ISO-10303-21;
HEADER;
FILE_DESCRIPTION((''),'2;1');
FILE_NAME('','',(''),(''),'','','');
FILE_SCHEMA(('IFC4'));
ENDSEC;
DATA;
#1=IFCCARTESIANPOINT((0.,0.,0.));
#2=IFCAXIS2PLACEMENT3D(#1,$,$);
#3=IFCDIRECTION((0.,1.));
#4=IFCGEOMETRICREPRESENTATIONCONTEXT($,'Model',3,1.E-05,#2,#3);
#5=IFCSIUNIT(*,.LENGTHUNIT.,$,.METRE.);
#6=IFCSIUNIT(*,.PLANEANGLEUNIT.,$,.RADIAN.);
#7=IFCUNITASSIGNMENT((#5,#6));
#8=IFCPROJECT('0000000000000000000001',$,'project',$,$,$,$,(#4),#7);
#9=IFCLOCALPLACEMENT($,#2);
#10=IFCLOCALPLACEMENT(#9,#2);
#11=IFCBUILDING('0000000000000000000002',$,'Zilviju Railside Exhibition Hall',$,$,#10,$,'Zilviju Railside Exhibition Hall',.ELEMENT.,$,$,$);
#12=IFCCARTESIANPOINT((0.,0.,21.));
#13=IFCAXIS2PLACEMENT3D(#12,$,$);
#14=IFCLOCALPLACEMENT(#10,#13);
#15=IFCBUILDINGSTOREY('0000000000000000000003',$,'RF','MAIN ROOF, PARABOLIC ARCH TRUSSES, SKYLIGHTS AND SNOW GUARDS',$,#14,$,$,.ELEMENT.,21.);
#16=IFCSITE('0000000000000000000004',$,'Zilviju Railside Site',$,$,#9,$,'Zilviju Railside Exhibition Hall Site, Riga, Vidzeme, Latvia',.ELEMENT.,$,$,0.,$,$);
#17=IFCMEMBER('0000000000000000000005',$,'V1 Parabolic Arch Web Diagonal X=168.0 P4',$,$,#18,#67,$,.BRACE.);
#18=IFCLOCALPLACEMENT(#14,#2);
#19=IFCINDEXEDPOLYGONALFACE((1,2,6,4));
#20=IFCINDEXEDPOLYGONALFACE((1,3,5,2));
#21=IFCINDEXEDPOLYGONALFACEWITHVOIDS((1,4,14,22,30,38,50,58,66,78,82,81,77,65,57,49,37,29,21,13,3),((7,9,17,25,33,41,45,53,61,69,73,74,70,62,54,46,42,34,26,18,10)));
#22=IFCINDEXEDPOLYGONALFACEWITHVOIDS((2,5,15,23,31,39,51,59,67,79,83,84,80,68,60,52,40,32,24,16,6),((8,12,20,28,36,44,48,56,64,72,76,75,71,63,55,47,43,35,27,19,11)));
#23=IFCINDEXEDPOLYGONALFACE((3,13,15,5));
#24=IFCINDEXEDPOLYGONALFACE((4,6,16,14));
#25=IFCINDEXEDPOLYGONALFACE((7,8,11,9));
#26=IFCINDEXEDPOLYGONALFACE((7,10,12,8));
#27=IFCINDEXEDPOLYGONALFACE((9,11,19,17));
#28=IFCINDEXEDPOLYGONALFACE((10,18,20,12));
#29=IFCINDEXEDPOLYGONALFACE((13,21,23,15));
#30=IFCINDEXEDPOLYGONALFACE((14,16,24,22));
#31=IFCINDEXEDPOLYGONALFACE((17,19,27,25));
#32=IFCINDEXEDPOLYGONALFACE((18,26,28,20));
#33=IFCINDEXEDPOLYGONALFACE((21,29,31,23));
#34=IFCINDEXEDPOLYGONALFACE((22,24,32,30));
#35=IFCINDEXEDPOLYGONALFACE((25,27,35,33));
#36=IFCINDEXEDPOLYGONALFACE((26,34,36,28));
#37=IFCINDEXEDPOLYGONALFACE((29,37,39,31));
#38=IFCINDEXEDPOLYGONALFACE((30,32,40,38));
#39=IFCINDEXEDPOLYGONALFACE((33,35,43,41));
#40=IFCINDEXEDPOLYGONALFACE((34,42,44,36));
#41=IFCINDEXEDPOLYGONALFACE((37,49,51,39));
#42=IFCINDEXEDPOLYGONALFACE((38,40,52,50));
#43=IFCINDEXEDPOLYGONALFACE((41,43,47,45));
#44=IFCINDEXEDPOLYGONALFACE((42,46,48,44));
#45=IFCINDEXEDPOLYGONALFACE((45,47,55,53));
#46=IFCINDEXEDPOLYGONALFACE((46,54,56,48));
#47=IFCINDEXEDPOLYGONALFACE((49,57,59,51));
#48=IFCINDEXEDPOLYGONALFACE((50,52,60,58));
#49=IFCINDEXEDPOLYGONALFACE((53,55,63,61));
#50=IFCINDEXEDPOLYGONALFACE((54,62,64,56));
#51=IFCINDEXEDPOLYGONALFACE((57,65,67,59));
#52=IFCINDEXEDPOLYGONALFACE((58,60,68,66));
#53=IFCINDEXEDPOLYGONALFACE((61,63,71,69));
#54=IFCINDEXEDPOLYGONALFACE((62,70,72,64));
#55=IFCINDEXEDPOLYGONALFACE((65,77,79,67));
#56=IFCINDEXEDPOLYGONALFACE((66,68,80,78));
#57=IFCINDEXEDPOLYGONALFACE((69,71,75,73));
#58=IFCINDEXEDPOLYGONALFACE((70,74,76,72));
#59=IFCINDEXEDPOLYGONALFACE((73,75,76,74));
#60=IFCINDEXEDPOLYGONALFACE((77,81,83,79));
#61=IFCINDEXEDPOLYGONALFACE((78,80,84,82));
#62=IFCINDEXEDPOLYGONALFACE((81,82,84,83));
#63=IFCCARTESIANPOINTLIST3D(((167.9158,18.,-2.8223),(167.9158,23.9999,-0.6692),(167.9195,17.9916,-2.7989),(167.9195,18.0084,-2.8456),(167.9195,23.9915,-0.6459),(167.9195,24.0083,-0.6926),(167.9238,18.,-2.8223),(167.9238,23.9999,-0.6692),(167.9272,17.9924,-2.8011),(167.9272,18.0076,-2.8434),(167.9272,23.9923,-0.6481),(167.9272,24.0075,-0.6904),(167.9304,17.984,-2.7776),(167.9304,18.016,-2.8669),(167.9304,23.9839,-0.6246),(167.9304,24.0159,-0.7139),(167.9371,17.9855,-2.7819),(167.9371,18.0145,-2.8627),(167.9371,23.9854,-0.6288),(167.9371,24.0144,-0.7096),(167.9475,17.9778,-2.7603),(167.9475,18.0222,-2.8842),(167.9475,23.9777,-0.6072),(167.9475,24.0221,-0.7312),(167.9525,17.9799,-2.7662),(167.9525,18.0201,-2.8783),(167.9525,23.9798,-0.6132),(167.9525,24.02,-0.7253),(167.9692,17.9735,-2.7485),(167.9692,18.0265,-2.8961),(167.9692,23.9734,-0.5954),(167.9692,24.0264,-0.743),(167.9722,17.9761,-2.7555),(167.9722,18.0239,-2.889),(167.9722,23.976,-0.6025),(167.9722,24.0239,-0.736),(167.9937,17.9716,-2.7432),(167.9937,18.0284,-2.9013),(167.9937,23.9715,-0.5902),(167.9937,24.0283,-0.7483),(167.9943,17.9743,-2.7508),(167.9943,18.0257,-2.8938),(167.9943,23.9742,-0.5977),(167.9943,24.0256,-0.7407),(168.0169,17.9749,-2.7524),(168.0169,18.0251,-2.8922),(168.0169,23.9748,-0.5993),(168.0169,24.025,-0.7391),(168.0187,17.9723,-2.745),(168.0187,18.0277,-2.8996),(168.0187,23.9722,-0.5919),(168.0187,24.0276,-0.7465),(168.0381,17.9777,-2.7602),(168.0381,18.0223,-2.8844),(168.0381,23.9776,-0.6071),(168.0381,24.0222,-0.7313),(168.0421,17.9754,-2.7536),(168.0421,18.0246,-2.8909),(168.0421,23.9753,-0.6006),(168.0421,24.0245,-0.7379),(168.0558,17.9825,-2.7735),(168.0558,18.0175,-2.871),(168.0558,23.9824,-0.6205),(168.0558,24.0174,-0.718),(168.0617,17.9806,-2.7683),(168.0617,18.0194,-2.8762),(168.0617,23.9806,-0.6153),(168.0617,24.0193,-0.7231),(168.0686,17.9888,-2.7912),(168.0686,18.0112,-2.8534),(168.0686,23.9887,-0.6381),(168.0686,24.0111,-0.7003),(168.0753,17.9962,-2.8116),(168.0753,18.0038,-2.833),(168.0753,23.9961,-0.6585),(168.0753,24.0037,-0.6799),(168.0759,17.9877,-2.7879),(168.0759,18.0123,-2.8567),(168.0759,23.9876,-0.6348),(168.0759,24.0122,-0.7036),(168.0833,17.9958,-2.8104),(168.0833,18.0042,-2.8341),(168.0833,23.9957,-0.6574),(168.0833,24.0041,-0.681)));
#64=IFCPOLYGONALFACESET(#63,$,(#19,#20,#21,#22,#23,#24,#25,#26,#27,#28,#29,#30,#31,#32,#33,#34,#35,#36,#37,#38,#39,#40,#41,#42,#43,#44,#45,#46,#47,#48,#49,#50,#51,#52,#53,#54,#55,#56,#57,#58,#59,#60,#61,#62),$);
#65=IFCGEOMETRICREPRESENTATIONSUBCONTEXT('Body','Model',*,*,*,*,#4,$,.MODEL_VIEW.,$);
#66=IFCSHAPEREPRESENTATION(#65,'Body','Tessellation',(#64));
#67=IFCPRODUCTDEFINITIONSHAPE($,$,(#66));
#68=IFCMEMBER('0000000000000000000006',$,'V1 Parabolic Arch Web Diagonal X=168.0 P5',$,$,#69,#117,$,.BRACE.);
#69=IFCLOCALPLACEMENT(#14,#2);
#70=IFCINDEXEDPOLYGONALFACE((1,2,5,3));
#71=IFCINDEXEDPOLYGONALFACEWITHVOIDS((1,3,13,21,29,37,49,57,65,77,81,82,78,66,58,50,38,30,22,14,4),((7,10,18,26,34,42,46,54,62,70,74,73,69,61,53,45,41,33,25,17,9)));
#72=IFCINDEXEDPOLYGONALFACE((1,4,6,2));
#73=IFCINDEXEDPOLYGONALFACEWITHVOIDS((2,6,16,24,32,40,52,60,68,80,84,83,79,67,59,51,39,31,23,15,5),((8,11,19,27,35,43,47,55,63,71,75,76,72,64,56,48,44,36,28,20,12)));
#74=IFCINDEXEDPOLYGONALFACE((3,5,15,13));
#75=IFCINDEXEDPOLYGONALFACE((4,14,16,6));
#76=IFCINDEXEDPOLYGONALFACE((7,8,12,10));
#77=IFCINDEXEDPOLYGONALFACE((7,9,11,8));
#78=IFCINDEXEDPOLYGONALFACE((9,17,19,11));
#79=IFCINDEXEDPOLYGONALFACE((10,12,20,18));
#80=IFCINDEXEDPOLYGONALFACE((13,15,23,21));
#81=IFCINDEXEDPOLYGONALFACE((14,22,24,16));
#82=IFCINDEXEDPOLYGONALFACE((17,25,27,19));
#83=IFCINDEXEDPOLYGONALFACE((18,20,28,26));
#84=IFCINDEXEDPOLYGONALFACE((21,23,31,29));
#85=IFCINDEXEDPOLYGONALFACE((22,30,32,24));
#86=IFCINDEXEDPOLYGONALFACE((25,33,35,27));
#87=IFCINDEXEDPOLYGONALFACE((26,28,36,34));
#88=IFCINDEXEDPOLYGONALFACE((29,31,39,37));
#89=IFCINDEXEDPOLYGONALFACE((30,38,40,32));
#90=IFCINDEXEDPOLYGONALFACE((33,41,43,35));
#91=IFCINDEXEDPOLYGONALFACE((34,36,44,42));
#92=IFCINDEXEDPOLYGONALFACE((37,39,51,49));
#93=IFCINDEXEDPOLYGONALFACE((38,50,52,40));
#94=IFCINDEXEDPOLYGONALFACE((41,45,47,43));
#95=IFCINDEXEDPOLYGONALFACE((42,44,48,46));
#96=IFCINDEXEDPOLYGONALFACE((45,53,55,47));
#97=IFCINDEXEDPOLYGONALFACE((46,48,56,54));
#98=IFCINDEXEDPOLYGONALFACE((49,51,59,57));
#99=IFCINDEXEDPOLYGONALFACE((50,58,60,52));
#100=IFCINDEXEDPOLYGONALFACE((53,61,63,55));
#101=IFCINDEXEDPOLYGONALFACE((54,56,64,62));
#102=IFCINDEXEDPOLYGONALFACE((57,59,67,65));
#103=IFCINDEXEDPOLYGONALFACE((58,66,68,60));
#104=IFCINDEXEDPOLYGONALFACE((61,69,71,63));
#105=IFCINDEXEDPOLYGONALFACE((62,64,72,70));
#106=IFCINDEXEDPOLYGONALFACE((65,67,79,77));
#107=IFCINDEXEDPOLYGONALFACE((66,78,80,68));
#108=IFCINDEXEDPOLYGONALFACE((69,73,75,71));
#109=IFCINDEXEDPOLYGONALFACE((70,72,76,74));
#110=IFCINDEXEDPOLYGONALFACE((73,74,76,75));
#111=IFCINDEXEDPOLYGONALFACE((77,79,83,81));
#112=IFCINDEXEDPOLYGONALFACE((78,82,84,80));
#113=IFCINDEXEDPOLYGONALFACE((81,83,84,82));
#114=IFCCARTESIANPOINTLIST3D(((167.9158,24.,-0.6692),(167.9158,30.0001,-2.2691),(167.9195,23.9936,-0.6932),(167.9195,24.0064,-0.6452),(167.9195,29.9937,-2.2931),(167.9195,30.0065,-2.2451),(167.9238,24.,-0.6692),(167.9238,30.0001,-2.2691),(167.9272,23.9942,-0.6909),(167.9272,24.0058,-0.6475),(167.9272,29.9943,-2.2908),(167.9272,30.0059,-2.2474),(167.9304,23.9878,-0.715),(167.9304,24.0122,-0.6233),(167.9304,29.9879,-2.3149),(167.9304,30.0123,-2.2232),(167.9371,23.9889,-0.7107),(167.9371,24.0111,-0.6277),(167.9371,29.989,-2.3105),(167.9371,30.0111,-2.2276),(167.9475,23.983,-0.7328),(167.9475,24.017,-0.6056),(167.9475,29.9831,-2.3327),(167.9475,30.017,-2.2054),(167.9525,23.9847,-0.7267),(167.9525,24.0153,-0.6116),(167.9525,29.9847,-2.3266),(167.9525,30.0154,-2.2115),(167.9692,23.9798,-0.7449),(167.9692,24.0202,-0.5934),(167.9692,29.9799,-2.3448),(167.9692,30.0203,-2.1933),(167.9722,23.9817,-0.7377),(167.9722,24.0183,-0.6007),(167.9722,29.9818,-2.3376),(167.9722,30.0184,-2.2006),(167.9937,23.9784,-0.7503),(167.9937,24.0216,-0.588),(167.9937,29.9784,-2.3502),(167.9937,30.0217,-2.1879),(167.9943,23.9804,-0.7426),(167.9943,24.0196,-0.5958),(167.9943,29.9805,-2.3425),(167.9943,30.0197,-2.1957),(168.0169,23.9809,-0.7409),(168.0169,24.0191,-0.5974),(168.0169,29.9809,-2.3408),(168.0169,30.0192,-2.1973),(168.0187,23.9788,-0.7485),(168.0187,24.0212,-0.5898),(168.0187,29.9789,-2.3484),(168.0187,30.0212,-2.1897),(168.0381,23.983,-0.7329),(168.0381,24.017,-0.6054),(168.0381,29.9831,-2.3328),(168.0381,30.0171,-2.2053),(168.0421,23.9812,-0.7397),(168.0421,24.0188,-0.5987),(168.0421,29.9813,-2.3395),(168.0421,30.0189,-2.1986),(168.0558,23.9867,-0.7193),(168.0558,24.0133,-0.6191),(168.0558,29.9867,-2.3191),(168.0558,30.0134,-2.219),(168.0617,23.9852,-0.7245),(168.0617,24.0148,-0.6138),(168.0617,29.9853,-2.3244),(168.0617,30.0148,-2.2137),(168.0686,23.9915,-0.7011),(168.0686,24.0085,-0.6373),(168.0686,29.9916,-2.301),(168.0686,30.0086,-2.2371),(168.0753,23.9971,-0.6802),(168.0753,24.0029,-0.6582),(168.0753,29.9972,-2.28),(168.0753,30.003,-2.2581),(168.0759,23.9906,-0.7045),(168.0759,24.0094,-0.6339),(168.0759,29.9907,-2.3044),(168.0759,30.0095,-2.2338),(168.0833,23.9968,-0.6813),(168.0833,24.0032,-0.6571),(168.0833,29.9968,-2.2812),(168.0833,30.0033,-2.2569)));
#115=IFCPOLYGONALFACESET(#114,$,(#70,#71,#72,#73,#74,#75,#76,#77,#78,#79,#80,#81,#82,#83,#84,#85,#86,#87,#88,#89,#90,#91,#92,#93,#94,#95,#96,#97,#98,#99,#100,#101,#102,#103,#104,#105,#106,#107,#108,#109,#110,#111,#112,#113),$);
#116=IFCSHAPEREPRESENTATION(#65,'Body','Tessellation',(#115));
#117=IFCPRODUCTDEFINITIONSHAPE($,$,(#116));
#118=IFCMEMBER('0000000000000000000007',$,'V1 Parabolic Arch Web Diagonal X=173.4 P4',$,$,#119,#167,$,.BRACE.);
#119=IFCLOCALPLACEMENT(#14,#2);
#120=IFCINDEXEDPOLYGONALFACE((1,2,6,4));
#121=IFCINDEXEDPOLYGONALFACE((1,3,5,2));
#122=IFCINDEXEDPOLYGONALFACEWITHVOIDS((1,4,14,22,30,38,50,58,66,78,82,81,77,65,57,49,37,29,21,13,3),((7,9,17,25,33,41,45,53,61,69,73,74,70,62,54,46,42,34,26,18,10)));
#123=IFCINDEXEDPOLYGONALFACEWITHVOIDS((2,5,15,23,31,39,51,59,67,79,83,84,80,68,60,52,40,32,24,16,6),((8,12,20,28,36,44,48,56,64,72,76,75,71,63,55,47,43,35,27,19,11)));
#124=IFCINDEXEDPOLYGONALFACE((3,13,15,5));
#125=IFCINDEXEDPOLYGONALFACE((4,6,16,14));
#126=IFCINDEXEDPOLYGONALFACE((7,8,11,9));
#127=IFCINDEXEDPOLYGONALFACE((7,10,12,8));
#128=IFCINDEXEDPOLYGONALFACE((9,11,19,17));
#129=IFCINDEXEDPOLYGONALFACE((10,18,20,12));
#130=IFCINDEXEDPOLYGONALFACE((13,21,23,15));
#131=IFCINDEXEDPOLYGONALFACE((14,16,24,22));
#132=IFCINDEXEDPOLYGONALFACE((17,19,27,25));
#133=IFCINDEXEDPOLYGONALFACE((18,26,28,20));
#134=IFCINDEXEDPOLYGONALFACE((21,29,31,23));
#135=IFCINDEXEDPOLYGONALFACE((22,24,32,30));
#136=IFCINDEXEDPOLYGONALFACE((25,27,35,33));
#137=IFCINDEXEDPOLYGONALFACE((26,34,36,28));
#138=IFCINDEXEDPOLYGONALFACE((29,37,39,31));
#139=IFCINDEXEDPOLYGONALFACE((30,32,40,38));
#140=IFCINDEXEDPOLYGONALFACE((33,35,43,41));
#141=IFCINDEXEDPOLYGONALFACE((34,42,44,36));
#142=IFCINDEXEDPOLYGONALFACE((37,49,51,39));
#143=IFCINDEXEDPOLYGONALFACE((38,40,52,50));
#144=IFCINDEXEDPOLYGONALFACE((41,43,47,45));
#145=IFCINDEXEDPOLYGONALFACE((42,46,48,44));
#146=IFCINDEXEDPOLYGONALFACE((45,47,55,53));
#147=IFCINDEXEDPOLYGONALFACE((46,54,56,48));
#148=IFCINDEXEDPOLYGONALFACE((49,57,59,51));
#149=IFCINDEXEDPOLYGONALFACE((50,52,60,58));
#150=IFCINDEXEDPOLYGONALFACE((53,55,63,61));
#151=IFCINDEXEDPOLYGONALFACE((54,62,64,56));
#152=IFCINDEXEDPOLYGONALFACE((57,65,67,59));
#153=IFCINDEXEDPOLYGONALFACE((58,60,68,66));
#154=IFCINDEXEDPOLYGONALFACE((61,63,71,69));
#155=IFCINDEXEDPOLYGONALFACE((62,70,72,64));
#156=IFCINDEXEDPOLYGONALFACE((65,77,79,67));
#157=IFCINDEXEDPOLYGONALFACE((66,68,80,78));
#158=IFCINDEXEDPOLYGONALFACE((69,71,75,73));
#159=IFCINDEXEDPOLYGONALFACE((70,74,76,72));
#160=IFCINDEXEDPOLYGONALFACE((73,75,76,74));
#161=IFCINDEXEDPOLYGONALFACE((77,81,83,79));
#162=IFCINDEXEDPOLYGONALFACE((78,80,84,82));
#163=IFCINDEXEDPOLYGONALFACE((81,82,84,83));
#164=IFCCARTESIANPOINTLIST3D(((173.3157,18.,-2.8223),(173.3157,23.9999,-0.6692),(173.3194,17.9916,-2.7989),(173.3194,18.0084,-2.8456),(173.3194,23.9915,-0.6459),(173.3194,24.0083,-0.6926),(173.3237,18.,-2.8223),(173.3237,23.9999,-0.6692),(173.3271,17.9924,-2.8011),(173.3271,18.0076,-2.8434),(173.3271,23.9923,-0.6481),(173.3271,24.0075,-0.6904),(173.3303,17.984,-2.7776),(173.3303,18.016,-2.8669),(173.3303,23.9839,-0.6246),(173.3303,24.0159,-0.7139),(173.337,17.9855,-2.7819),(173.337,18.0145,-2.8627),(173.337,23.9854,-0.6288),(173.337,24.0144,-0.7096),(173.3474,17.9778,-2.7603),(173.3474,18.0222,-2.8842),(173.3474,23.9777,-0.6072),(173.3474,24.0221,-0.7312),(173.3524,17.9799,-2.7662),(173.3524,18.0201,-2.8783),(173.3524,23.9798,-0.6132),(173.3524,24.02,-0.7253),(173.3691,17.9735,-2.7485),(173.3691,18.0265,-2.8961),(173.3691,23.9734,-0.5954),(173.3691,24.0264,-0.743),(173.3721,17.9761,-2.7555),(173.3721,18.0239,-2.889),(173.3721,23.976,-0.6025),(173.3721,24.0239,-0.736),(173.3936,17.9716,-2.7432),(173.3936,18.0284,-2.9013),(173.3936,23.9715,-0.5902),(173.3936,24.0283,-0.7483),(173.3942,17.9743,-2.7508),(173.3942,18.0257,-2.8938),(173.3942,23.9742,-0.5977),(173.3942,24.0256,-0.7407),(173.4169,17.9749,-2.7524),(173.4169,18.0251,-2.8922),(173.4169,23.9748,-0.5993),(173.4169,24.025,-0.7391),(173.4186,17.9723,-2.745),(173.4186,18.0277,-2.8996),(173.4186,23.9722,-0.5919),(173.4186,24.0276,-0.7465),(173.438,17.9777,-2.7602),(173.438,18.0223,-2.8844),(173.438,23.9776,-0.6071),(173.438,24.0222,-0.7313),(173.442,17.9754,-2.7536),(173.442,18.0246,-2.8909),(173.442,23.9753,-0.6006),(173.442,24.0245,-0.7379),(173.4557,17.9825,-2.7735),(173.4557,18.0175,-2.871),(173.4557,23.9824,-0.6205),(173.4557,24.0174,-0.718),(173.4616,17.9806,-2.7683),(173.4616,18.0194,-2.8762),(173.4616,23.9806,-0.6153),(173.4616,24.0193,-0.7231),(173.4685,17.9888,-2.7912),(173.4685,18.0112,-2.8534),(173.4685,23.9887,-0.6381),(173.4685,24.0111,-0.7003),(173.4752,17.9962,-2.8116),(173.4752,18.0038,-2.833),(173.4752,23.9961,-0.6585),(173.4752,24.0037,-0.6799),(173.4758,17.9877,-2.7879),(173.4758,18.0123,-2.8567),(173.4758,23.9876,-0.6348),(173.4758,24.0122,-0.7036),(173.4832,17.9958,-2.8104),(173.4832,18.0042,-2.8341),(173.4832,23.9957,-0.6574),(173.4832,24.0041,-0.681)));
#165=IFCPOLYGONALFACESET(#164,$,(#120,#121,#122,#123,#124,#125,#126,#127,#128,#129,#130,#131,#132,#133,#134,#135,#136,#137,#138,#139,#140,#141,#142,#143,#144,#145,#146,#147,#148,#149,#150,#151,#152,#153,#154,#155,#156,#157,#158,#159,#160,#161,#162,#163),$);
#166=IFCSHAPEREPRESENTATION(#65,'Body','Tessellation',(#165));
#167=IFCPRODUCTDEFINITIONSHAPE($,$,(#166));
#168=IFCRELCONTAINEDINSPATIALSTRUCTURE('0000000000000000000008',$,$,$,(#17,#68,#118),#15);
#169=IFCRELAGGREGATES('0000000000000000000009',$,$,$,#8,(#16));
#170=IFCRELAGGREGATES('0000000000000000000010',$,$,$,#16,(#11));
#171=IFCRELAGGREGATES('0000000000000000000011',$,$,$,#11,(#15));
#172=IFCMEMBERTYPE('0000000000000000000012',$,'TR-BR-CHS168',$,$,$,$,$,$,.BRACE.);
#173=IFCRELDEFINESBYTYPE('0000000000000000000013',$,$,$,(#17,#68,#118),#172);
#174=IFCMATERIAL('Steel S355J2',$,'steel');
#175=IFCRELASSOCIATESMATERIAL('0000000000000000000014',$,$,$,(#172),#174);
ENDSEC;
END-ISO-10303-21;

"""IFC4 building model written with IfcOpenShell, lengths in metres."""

from ifc_helpers import new_model, si_unit, direction, frame, origin, origin_2d, place, context, subcontext, project, spatial, hollow_circle, extrude, material, material_profile, profile_set, type_object, element, save


model = new_model("IFC4")

# Units and contexts
model_context = context("Model", 3, precision=1e-05, world=origin(), true_north=direction((0.0, 1.0)))
body_context = subcontext(model_context, "Body", "Model", "MODEL_VIEW")
ifc_project = project(units=[si_unit("LENGTHUNIT", "METRE"), si_unit("PLANEANGLEUNIT", "RADIAN")], contexts=[model_context])

# Site, building, storey
site_placement = place(None, origin())
site = spatial("IfcSite", under=ifc_project, at=site_placement, Name="Zilviju Railside Site", LongName="Zilviju Railside Exhibition Hall Site, Riga, Vidzeme, Latvia", CompositionType="ELEMENT", RefElevation=0.0)
building_placement = place(site_placement, origin())
building = spatial("IfcBuilding", under=site, at=building_placement, Name="Zilviju Railside Exhibition Hall", LongName="Zilviju Railside Exhibition Hall", CompositionType="ELEMENT")
storey_placement = place(building_placement, frame((0.0, 0.0, 21.0)))
storey = spatial("IfcBuildingStorey", under=building, at=storey_placement, Name="RF", Description="MAIN ROOF, PARABOLIC ARCH TRUSSES, SKYLIGHTS AND SNOW GUARDS", CompositionType="ELEMENT", Elevation=21.0)

# Members
ifc_material_1 = material(Name="Steel S355J2", Category="steel")
ifc_material_profile_1 = material_profile(ifc_material_1, hollow_circle(Radius=0.0842, WallThickness=0.0081, at=origin_2d()), Name="CHS 168.3x8.0")
ifc_profile_set_1 = profile_set([ifc_material_profile_1], Name="Steel S355J2")
member_type_1 = type_object("IfcMemberType", Name="TR-BR-CHS168", PredefinedType="BRACE", material=ifc_profile_set_1)
member_1_placement = place(storey_placement, frame((168.0, 18.0, -2.8223), z_axis=(0.0, 0.941233, 0.337758), x_axis=(-1.0, 0.0, 0.0)))
element("IfcMember", 1, at=member_1_placement, inside=storey, type_object=member_type_1, Name="V1 Parabolic Arch Web Diagonal X=168.0 P4", PredefinedType="BRACE", context=body_context, shape_type="SweptSolid", body=[
    extrude(hollow_circle(Radius=0.0842, WallThickness=0.0081, at=origin_2d()), origin(), (0.0, 0.0, 1.0), 6.3745),
])
member_2_placement = place(storey_placement, frame((168.0, 24.0, -0.6692), z_axis=(0.0, 0.966241, -0.257641), x_axis=(-1.0, 0.0, 0.0)))
element("IfcMember", 2, at=member_2_placement, inside=storey, type_object=member_type_1, Name="V1 Parabolic Arch Web Diagonal X=168.0 P5", PredefinedType="BRACE", context=body_context, shape_type="SweptSolid", body=[
    extrude(hollow_circle(Radius=0.0842, WallThickness=0.0081, at=origin_2d()), origin(), (0.0, 0.0, 1.0), 6.2097),
])
for number, where, z_axis, x_axis, name in (
    (3, (173.3999, 18.0, -2.8223), (0.0, 0.941233, 0.337758), (-1.0, 0.0, 0.0), "V1 Parabolic Arch Web Diagonal X=173.4 P4"),
):
    element("IfcMember", number, at=place(storey_placement, frame(where, z_axis=z_axis, x_axis=x_axis)), inside=storey, type_object=member_type_1, Name=name, PredefinedType="BRACE", context=body_context, shape_type="SweptSolid", body=[
        extrude(hollow_circle(Radius=0.0842, WallThickness=0.0081, at=origin_2d()), origin(), (0.0, 0.0, 1.0), 6.3745),
    ])

save(model, "model.ifc")
